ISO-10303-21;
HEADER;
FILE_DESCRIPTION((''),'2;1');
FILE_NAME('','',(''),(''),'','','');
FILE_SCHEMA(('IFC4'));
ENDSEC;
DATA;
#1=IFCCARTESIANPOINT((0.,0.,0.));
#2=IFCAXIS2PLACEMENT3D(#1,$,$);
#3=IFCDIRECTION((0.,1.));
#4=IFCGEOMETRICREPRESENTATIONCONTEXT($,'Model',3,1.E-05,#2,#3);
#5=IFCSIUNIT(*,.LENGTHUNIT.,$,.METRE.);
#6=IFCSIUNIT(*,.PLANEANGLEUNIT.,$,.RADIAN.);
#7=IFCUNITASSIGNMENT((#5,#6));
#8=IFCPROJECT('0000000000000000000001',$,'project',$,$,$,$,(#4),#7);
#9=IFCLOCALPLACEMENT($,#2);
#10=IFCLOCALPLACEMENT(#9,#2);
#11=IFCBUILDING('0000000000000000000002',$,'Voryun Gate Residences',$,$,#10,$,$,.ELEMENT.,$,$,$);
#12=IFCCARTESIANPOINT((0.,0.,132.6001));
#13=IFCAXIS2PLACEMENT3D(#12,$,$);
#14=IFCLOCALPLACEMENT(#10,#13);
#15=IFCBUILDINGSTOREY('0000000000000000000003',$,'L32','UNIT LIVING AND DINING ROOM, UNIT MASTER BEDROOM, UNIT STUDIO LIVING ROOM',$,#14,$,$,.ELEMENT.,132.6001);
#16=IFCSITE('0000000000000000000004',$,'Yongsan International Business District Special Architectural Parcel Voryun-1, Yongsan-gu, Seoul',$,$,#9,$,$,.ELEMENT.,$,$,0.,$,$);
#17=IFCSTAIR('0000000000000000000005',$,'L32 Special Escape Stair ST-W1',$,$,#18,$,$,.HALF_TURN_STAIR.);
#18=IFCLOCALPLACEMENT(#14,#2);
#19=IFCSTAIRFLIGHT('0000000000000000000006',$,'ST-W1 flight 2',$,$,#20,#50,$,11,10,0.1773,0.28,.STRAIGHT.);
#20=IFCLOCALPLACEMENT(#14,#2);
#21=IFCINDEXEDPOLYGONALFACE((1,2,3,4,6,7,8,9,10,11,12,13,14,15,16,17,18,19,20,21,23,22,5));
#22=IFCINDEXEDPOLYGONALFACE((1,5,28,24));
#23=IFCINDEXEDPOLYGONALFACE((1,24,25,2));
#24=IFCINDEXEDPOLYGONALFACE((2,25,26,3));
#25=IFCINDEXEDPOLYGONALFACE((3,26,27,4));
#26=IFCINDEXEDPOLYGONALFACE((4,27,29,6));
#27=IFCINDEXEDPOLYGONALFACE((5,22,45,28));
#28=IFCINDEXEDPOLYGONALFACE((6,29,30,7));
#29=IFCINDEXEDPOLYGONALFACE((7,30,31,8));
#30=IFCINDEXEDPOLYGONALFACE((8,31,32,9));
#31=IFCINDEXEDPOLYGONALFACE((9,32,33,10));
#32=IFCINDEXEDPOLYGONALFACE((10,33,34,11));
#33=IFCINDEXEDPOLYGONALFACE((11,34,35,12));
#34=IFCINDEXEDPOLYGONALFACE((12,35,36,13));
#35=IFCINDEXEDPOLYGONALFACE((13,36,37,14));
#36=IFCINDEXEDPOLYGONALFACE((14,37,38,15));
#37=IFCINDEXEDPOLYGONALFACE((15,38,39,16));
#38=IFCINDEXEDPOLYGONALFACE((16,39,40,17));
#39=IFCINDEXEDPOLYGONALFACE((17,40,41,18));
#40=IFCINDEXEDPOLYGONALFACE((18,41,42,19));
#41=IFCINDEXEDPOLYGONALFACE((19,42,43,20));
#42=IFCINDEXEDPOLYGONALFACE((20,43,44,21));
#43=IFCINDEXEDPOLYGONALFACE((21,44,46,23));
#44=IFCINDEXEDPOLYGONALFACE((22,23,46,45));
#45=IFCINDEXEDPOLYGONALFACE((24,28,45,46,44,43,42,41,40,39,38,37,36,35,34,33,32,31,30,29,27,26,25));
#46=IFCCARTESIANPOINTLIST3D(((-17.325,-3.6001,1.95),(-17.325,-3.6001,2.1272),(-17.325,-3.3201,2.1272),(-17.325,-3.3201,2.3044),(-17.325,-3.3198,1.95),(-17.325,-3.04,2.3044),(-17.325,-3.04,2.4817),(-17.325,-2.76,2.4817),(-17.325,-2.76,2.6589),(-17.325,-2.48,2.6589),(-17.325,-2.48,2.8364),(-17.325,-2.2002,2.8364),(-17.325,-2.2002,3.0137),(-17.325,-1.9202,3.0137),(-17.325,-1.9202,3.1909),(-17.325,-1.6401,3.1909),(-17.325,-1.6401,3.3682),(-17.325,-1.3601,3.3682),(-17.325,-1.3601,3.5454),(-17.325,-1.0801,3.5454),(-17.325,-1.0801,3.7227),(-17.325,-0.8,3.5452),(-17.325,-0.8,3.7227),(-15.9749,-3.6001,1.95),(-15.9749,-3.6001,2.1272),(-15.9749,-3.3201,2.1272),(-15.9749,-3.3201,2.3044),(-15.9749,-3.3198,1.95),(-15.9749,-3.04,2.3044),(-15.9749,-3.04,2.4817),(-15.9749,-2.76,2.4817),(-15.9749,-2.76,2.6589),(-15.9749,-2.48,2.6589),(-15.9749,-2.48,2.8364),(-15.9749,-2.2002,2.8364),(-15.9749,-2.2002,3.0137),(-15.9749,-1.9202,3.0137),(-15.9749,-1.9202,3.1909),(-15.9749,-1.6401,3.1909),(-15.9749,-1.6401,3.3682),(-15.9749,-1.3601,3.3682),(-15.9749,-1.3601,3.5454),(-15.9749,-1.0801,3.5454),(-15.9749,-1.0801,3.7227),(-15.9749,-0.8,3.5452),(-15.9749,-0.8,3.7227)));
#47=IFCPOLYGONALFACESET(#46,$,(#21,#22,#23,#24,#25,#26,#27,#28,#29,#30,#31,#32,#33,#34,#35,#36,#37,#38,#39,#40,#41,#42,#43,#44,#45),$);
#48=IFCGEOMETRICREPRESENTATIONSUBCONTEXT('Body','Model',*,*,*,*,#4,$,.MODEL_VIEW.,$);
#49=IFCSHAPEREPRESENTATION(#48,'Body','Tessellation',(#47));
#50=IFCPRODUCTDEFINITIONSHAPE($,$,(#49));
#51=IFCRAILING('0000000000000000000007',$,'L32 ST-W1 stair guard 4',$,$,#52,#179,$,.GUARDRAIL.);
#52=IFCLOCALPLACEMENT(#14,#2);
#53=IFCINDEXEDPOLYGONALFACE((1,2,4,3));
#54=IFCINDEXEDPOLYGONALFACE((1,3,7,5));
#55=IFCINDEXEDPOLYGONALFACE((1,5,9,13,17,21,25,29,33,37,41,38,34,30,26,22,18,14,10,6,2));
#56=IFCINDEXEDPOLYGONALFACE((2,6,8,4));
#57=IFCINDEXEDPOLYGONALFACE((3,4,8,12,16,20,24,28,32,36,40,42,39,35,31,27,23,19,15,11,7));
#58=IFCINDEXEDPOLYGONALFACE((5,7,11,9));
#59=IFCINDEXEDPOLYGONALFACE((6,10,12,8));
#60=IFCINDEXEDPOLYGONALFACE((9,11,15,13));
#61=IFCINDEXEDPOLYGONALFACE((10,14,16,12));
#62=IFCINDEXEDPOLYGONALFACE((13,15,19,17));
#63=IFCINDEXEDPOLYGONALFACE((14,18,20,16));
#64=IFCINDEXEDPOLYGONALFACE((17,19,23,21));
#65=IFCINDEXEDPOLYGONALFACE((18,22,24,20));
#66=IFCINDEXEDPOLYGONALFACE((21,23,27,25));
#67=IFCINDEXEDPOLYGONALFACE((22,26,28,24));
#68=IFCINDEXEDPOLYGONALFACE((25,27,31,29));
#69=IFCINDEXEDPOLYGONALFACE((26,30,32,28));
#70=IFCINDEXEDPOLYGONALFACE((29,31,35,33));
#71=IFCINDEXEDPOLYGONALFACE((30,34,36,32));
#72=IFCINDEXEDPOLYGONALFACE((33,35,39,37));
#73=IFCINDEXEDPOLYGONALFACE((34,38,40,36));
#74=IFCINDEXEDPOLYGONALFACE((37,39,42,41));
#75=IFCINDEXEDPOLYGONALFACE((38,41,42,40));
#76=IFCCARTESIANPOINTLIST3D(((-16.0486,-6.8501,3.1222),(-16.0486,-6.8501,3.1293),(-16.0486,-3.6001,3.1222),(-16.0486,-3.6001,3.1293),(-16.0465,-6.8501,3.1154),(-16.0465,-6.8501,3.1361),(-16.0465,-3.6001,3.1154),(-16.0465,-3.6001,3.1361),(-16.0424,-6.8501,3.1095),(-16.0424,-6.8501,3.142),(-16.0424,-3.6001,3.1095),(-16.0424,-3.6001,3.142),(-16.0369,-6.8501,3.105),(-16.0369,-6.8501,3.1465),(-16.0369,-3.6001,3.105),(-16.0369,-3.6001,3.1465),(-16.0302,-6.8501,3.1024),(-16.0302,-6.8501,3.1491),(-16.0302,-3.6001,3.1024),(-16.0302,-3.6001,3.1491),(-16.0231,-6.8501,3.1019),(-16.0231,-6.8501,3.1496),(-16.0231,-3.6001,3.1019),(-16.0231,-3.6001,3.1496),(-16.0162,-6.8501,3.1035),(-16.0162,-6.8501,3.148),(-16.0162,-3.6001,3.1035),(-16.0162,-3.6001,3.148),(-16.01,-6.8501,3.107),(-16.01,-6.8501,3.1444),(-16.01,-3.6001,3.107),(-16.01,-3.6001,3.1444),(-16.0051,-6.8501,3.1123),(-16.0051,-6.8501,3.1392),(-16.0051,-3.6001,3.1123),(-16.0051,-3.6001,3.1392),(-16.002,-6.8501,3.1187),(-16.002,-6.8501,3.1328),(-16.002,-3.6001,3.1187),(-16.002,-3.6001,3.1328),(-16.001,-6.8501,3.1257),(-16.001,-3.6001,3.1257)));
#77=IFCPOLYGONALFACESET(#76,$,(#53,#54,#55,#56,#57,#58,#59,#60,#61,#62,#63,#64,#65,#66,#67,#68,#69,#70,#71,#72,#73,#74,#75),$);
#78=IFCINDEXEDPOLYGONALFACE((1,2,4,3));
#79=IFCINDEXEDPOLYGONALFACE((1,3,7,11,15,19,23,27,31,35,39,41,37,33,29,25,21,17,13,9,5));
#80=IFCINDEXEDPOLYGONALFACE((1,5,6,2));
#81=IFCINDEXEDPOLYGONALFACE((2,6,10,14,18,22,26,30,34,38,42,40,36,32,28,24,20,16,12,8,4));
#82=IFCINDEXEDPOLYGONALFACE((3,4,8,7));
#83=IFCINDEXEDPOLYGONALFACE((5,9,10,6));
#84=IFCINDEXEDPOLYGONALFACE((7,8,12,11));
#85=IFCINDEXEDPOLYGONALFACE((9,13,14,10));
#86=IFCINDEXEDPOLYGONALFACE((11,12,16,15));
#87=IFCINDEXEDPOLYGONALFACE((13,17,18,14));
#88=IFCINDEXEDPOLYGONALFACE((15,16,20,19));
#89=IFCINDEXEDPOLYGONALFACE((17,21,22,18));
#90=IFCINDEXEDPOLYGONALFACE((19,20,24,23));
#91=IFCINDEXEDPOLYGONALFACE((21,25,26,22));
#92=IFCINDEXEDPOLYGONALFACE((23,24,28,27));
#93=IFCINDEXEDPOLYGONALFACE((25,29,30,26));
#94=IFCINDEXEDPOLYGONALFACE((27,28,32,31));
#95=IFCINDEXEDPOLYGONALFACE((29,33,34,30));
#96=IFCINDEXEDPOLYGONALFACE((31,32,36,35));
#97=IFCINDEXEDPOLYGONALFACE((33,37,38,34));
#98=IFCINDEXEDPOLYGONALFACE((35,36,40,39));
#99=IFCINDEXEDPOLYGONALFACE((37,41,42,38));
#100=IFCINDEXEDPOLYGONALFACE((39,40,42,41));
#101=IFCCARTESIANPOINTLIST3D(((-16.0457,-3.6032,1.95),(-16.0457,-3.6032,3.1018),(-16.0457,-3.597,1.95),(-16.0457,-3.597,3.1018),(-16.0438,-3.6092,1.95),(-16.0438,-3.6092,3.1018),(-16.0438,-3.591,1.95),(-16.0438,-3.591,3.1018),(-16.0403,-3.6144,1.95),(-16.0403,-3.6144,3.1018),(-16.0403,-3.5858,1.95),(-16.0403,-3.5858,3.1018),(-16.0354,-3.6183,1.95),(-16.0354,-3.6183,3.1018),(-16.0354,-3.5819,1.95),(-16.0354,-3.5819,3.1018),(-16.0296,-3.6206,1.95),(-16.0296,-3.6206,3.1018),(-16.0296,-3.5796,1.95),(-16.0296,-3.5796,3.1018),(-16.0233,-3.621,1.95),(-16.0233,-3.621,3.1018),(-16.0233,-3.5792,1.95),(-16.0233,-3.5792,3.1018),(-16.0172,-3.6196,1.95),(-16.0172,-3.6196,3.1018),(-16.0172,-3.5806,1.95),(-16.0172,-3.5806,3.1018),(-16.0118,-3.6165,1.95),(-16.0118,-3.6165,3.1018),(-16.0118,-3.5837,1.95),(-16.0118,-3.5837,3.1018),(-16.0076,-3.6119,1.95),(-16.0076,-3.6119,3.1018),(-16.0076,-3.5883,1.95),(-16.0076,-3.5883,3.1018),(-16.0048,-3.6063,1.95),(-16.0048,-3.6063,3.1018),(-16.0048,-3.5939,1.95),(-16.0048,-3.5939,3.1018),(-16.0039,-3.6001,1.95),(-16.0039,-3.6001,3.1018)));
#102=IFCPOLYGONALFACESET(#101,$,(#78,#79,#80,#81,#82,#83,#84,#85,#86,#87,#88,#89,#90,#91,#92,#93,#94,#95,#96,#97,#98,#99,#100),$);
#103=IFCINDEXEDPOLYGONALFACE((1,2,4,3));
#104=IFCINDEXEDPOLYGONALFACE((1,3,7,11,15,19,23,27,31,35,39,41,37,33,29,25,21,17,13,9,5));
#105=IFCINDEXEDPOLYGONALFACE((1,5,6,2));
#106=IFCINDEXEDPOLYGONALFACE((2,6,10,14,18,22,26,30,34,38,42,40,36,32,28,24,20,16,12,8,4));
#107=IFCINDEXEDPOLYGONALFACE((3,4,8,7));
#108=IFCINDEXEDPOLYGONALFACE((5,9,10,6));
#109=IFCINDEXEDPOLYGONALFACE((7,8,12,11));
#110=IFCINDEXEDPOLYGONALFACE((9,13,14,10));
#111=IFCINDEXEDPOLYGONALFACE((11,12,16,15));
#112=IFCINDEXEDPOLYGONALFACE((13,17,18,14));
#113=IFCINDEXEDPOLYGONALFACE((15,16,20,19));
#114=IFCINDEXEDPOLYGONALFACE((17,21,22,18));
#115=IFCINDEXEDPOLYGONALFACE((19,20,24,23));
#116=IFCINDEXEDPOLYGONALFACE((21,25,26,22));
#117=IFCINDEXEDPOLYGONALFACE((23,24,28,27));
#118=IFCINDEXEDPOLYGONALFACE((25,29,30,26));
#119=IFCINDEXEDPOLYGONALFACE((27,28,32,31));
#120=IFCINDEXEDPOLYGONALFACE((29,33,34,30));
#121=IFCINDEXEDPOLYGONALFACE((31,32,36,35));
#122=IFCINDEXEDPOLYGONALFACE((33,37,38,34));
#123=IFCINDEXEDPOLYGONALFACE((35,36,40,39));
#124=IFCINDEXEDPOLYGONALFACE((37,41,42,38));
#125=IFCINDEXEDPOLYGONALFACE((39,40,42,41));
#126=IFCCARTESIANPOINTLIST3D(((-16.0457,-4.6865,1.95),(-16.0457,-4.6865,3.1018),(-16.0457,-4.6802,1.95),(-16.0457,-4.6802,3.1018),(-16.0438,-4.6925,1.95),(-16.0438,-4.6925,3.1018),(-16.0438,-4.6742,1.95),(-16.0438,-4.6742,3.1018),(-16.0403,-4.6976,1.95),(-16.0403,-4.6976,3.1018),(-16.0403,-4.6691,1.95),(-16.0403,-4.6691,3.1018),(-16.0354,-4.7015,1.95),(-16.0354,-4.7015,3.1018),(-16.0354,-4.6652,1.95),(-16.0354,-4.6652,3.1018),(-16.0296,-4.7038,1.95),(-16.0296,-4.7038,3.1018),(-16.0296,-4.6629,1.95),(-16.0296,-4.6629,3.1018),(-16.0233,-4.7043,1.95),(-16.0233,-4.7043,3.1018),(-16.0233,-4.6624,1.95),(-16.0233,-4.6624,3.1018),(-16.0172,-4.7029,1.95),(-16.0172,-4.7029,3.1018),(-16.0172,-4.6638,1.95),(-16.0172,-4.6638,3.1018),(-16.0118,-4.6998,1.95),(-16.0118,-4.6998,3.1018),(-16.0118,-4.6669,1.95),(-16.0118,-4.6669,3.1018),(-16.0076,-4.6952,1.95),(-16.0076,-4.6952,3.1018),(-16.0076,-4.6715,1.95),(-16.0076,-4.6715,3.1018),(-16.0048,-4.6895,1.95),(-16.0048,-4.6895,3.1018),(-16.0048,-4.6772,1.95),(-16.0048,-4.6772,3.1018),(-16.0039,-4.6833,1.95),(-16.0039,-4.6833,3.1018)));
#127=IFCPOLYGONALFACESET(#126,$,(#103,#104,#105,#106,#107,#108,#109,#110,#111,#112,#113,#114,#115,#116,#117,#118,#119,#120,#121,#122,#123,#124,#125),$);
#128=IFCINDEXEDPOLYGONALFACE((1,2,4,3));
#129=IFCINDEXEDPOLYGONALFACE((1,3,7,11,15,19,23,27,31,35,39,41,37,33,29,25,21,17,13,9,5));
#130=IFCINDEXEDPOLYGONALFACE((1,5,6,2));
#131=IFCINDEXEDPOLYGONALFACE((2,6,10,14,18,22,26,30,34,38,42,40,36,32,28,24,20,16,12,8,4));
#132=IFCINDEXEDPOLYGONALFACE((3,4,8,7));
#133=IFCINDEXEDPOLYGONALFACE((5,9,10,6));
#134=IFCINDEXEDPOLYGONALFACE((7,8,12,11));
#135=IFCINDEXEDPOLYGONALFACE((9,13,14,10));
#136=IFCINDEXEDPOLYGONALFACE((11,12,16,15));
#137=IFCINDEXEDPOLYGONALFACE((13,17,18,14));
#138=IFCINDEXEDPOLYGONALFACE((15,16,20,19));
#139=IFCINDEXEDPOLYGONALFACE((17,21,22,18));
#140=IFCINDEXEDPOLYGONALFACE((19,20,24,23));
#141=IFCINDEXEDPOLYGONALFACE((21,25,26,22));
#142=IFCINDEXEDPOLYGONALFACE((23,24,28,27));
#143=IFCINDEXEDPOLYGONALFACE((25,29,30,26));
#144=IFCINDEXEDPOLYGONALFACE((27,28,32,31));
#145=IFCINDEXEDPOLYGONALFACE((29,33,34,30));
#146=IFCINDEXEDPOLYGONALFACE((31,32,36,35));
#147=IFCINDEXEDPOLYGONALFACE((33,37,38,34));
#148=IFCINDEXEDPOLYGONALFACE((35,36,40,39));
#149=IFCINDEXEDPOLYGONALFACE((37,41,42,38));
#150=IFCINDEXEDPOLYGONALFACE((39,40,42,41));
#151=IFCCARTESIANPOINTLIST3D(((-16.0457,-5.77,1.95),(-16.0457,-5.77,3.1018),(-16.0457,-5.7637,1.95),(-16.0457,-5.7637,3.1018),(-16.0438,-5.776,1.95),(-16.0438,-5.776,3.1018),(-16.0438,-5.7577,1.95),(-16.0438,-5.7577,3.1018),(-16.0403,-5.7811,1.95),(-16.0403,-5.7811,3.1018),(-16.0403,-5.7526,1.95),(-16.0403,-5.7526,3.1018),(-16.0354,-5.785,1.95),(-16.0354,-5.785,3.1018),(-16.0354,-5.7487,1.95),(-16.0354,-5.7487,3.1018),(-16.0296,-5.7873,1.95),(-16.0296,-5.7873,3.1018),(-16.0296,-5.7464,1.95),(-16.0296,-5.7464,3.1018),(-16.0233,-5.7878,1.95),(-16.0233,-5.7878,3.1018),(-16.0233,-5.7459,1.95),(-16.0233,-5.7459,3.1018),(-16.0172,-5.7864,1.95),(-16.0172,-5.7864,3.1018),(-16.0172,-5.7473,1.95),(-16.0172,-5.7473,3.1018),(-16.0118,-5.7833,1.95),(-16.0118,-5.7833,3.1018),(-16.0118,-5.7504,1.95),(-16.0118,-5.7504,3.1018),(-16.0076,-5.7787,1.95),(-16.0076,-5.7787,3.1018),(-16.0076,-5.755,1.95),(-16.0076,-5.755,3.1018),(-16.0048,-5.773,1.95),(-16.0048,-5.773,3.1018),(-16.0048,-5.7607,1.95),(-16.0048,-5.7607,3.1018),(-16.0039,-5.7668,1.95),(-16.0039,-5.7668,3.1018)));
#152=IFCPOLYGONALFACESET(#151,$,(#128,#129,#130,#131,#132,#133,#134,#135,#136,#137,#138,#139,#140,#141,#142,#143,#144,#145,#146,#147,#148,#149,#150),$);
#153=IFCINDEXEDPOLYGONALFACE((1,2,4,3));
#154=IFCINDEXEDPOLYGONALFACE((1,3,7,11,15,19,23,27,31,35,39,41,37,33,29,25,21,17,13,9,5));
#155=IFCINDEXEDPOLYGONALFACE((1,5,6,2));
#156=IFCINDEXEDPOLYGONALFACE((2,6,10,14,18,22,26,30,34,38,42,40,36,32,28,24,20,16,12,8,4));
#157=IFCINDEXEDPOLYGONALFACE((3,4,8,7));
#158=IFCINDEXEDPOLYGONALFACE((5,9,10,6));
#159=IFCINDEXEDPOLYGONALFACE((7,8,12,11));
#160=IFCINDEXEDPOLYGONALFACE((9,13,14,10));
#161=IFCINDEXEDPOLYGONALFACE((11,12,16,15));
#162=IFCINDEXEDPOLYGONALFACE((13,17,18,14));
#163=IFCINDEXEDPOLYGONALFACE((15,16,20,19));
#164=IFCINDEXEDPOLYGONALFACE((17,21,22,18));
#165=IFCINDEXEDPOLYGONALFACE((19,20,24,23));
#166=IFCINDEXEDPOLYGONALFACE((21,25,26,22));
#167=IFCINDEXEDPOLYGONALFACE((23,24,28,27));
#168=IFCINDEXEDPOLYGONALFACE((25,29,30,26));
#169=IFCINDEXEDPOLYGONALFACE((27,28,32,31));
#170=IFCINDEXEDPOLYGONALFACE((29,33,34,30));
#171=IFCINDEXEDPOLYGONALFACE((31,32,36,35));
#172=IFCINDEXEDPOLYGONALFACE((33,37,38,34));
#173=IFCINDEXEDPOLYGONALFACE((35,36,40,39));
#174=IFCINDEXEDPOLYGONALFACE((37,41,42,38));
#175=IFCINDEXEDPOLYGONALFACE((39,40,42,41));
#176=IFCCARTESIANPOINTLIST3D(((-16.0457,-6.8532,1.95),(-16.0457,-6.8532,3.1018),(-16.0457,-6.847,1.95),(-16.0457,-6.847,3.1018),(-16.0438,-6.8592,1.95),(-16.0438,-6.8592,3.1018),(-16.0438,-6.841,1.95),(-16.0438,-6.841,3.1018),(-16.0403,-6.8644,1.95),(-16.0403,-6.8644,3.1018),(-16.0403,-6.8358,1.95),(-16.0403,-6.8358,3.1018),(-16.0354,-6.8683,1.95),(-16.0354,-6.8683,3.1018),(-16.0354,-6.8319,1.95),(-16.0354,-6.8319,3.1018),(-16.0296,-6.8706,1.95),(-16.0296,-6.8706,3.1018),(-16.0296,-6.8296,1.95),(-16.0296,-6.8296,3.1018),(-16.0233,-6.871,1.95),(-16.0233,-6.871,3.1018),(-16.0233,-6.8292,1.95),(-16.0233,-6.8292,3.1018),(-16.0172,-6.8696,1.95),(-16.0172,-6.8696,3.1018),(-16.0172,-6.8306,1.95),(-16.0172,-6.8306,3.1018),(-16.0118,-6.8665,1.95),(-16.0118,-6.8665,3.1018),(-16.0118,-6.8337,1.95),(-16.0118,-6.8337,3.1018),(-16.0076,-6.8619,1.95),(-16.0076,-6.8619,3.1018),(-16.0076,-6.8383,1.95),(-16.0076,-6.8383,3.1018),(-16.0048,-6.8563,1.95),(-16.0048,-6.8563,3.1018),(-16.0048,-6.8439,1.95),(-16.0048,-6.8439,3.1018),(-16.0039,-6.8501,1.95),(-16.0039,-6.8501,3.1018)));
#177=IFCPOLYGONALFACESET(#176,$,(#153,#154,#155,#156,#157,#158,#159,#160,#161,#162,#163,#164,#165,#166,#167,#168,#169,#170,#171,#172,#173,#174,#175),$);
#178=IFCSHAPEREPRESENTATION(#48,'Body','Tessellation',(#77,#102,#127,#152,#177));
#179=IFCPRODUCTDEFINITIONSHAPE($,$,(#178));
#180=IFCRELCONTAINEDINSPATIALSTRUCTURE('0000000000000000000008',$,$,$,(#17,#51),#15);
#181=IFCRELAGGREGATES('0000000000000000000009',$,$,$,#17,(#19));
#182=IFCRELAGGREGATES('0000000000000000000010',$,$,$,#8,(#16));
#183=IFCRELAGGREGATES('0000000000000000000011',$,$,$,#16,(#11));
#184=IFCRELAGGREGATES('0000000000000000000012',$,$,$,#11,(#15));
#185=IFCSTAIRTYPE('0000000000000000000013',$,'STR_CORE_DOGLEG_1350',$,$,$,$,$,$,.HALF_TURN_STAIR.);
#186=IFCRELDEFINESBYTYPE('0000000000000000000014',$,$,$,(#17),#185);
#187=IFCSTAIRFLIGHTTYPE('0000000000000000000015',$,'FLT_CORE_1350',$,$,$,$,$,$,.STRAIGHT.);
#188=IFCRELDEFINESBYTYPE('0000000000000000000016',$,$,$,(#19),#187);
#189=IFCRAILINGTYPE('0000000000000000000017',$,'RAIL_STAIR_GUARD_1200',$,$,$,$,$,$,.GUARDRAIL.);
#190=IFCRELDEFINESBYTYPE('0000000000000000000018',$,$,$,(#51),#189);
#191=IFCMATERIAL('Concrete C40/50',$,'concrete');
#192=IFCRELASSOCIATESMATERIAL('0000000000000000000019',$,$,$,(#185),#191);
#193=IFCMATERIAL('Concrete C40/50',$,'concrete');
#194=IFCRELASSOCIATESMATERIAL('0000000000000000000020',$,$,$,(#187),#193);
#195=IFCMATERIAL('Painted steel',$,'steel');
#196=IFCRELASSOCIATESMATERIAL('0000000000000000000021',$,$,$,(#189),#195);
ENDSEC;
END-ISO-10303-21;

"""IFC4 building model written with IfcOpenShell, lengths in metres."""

from ifc_helpers import new_model, si_unit, direction, frame, origin, origin_2d, place, context, subcontext, project, spatial, polyline, circle, outline, extrude, material, type_object, element, aggregate, save


model = new_model("IFC4")

# Units and contexts
model_context = context("Model", 3, precision=1e-05, world=origin(), true_north=direction((0.0, 1.0)))
body_context = subcontext(model_context, "Body", "Model", "MODEL_VIEW")
ifc_project = project(units=[si_unit("LENGTHUNIT", "METRE"), si_unit("PLANEANGLEUNIT", "RADIAN")], contexts=[model_context])

# Site, building, storey
site_placement = place(None, origin())
site = spatial("IfcSite", under=ifc_project, at=site_placement, Name="Yongsan International Business District Special Architectural Parcel Voryun-1, Yongsan-gu, Seoul", CompositionType="ELEMENT", RefElevation=0.0)
building_placement = place(site_placement, origin())
building = spatial("IfcBuilding", under=site, at=building_placement, Name="Voryun Gate Residences", CompositionType="ELEMENT")
storey_placement = place(building_placement, frame((0.0, 0.0, 132.6001)))
storey = spatial("IfcBuildingStorey", under=building, at=storey_placement, Name="L32", Description="UNIT LIVING AND DINING ROOM, UNIT MASTER BEDROOM, UNIT STUDIO LIVING ROOM", CompositionType="ELEMENT", Elevation=132.6001)

# Stair, stair flight
ifc_material_1 = material(Name="Concrete C40/50", Category="concrete")
stair_type = type_object("IfcStairType", Name="STR_CORE_DOGLEG_1350", PredefinedType="HALF_TURN_STAIR", material=ifc_material_1)
stair_placement = place(storey_placement, origin())
stair = element("IfcStair", 1, at=stair_placement, inside=storey, type_object=stair_type, Name="L32 Special Escape Stair ST-W1", PredefinedType="HALF_TURN_STAIR")
ifc_material_2 = material(Name="Concrete C40/50", Category="concrete")
stair_flight_type = type_object("IfcStairFlightType", Name="FLT_CORE_1350", PredefinedType="STRAIGHT", material=ifc_material_2)
stair_flight_placement = place(storey_placement, frame((-16.6499, -3.6001, 1.95), z_axis=(0.0, 0.0, 1.0), x_axis=(0.0, 1.0, 0.0)))
stair_flight = element("IfcStairFlight", 2, at=stair_flight_placement, type_object=stair_flight_type, Name="ST-W1 flight 2", NumberOfRisers=11, NumberOfTreads=10, PredefinedType="STRAIGHT", RiserHeight=0.1773, TreadLength=0.28, context=body_context, shape_type="SweptSolid", body=[
    extrude(outline(polyline([(0.0, 0.0), (0.0, 0.1772), (0.28, 0.1772), (0.28, 0.3545), (0.5601, 0.3545), (0.5601, 0.5317), (0.8401, 0.5317), (0.8401, 0.709), (1.1201, 0.709), (1.1201, 0.8865), (1.3999, 0.8865), (1.3999, 1.0637), (1.6799, 1.0637), (1.6799, 1.241), (1.96, 1.241), (1.96, 1.4182), (2.24, 1.4182), (2.24, 1.5955), (2.52, 1.5955), (2.52, 1.7727), (2.8, 1.7727), (2.8, 1.95), (2.8, 1.5952), (0.2803, 0.0), (0.0, 0.0)])), frame((0.0, 0.675, 0.0), z_axis=(0.0, -1.0, 0.0), x_axis=(1.0, 0.0, 0.0)), (0.0, 0.0, 1.0), 1.3501),
])
aggregate(stair, [stair_flight])

# Railing
ifc_material_3 = material(Name="Painted steel", Category="steel")
railing_type_1 = type_object("IfcRailingType", Name="RAIL_STAIR_GUARD_1200", PredefinedType="GUARDRAIL", material=ifc_material_3)
railing_1_placement = place(storey_placement, frame((-16.0249, -3.6001, 1.95)))
element("IfcRailing", 3, at=railing_1_placement, inside=storey, type_object=railing_type_1, Name="L32 ST-W1 stair guard 4", PredefinedType="GUARDRAIL", context=body_context, shape_type="SweptSolid", body=[
    extrude(circle(Radius=0.0239, at=origin_2d()), frame((0.0, 0.0, 1.1758), z_axis=(0.0, -1.0, 0.0), x_axis=(1.0, 0.0, 0.0)), (0.0, 0.0, 1.0), 3.25),
    extrude(circle(Radius=0.021, at=origin_2d()), origin(), (0.0, 0.0, 1.0), 1.1519),
    extrude(circle(Radius=0.021, at=origin_2d()), frame((0.0, -1.0833, 0.0)), (0.0, 0.0, 1.0), 1.1519),
    extrude(circle(Radius=0.021, at=origin_2d()), frame((0.0, -2.1667, 0.0)), (0.0, 0.0, 1.0), 1.1519),
    extrude(circle(Radius=0.021, at=origin_2d()), frame((0.0, -3.25, 0.0)), (0.0, 0.0, 1.0), 1.1519),
])

save(model, "model.ifc")
